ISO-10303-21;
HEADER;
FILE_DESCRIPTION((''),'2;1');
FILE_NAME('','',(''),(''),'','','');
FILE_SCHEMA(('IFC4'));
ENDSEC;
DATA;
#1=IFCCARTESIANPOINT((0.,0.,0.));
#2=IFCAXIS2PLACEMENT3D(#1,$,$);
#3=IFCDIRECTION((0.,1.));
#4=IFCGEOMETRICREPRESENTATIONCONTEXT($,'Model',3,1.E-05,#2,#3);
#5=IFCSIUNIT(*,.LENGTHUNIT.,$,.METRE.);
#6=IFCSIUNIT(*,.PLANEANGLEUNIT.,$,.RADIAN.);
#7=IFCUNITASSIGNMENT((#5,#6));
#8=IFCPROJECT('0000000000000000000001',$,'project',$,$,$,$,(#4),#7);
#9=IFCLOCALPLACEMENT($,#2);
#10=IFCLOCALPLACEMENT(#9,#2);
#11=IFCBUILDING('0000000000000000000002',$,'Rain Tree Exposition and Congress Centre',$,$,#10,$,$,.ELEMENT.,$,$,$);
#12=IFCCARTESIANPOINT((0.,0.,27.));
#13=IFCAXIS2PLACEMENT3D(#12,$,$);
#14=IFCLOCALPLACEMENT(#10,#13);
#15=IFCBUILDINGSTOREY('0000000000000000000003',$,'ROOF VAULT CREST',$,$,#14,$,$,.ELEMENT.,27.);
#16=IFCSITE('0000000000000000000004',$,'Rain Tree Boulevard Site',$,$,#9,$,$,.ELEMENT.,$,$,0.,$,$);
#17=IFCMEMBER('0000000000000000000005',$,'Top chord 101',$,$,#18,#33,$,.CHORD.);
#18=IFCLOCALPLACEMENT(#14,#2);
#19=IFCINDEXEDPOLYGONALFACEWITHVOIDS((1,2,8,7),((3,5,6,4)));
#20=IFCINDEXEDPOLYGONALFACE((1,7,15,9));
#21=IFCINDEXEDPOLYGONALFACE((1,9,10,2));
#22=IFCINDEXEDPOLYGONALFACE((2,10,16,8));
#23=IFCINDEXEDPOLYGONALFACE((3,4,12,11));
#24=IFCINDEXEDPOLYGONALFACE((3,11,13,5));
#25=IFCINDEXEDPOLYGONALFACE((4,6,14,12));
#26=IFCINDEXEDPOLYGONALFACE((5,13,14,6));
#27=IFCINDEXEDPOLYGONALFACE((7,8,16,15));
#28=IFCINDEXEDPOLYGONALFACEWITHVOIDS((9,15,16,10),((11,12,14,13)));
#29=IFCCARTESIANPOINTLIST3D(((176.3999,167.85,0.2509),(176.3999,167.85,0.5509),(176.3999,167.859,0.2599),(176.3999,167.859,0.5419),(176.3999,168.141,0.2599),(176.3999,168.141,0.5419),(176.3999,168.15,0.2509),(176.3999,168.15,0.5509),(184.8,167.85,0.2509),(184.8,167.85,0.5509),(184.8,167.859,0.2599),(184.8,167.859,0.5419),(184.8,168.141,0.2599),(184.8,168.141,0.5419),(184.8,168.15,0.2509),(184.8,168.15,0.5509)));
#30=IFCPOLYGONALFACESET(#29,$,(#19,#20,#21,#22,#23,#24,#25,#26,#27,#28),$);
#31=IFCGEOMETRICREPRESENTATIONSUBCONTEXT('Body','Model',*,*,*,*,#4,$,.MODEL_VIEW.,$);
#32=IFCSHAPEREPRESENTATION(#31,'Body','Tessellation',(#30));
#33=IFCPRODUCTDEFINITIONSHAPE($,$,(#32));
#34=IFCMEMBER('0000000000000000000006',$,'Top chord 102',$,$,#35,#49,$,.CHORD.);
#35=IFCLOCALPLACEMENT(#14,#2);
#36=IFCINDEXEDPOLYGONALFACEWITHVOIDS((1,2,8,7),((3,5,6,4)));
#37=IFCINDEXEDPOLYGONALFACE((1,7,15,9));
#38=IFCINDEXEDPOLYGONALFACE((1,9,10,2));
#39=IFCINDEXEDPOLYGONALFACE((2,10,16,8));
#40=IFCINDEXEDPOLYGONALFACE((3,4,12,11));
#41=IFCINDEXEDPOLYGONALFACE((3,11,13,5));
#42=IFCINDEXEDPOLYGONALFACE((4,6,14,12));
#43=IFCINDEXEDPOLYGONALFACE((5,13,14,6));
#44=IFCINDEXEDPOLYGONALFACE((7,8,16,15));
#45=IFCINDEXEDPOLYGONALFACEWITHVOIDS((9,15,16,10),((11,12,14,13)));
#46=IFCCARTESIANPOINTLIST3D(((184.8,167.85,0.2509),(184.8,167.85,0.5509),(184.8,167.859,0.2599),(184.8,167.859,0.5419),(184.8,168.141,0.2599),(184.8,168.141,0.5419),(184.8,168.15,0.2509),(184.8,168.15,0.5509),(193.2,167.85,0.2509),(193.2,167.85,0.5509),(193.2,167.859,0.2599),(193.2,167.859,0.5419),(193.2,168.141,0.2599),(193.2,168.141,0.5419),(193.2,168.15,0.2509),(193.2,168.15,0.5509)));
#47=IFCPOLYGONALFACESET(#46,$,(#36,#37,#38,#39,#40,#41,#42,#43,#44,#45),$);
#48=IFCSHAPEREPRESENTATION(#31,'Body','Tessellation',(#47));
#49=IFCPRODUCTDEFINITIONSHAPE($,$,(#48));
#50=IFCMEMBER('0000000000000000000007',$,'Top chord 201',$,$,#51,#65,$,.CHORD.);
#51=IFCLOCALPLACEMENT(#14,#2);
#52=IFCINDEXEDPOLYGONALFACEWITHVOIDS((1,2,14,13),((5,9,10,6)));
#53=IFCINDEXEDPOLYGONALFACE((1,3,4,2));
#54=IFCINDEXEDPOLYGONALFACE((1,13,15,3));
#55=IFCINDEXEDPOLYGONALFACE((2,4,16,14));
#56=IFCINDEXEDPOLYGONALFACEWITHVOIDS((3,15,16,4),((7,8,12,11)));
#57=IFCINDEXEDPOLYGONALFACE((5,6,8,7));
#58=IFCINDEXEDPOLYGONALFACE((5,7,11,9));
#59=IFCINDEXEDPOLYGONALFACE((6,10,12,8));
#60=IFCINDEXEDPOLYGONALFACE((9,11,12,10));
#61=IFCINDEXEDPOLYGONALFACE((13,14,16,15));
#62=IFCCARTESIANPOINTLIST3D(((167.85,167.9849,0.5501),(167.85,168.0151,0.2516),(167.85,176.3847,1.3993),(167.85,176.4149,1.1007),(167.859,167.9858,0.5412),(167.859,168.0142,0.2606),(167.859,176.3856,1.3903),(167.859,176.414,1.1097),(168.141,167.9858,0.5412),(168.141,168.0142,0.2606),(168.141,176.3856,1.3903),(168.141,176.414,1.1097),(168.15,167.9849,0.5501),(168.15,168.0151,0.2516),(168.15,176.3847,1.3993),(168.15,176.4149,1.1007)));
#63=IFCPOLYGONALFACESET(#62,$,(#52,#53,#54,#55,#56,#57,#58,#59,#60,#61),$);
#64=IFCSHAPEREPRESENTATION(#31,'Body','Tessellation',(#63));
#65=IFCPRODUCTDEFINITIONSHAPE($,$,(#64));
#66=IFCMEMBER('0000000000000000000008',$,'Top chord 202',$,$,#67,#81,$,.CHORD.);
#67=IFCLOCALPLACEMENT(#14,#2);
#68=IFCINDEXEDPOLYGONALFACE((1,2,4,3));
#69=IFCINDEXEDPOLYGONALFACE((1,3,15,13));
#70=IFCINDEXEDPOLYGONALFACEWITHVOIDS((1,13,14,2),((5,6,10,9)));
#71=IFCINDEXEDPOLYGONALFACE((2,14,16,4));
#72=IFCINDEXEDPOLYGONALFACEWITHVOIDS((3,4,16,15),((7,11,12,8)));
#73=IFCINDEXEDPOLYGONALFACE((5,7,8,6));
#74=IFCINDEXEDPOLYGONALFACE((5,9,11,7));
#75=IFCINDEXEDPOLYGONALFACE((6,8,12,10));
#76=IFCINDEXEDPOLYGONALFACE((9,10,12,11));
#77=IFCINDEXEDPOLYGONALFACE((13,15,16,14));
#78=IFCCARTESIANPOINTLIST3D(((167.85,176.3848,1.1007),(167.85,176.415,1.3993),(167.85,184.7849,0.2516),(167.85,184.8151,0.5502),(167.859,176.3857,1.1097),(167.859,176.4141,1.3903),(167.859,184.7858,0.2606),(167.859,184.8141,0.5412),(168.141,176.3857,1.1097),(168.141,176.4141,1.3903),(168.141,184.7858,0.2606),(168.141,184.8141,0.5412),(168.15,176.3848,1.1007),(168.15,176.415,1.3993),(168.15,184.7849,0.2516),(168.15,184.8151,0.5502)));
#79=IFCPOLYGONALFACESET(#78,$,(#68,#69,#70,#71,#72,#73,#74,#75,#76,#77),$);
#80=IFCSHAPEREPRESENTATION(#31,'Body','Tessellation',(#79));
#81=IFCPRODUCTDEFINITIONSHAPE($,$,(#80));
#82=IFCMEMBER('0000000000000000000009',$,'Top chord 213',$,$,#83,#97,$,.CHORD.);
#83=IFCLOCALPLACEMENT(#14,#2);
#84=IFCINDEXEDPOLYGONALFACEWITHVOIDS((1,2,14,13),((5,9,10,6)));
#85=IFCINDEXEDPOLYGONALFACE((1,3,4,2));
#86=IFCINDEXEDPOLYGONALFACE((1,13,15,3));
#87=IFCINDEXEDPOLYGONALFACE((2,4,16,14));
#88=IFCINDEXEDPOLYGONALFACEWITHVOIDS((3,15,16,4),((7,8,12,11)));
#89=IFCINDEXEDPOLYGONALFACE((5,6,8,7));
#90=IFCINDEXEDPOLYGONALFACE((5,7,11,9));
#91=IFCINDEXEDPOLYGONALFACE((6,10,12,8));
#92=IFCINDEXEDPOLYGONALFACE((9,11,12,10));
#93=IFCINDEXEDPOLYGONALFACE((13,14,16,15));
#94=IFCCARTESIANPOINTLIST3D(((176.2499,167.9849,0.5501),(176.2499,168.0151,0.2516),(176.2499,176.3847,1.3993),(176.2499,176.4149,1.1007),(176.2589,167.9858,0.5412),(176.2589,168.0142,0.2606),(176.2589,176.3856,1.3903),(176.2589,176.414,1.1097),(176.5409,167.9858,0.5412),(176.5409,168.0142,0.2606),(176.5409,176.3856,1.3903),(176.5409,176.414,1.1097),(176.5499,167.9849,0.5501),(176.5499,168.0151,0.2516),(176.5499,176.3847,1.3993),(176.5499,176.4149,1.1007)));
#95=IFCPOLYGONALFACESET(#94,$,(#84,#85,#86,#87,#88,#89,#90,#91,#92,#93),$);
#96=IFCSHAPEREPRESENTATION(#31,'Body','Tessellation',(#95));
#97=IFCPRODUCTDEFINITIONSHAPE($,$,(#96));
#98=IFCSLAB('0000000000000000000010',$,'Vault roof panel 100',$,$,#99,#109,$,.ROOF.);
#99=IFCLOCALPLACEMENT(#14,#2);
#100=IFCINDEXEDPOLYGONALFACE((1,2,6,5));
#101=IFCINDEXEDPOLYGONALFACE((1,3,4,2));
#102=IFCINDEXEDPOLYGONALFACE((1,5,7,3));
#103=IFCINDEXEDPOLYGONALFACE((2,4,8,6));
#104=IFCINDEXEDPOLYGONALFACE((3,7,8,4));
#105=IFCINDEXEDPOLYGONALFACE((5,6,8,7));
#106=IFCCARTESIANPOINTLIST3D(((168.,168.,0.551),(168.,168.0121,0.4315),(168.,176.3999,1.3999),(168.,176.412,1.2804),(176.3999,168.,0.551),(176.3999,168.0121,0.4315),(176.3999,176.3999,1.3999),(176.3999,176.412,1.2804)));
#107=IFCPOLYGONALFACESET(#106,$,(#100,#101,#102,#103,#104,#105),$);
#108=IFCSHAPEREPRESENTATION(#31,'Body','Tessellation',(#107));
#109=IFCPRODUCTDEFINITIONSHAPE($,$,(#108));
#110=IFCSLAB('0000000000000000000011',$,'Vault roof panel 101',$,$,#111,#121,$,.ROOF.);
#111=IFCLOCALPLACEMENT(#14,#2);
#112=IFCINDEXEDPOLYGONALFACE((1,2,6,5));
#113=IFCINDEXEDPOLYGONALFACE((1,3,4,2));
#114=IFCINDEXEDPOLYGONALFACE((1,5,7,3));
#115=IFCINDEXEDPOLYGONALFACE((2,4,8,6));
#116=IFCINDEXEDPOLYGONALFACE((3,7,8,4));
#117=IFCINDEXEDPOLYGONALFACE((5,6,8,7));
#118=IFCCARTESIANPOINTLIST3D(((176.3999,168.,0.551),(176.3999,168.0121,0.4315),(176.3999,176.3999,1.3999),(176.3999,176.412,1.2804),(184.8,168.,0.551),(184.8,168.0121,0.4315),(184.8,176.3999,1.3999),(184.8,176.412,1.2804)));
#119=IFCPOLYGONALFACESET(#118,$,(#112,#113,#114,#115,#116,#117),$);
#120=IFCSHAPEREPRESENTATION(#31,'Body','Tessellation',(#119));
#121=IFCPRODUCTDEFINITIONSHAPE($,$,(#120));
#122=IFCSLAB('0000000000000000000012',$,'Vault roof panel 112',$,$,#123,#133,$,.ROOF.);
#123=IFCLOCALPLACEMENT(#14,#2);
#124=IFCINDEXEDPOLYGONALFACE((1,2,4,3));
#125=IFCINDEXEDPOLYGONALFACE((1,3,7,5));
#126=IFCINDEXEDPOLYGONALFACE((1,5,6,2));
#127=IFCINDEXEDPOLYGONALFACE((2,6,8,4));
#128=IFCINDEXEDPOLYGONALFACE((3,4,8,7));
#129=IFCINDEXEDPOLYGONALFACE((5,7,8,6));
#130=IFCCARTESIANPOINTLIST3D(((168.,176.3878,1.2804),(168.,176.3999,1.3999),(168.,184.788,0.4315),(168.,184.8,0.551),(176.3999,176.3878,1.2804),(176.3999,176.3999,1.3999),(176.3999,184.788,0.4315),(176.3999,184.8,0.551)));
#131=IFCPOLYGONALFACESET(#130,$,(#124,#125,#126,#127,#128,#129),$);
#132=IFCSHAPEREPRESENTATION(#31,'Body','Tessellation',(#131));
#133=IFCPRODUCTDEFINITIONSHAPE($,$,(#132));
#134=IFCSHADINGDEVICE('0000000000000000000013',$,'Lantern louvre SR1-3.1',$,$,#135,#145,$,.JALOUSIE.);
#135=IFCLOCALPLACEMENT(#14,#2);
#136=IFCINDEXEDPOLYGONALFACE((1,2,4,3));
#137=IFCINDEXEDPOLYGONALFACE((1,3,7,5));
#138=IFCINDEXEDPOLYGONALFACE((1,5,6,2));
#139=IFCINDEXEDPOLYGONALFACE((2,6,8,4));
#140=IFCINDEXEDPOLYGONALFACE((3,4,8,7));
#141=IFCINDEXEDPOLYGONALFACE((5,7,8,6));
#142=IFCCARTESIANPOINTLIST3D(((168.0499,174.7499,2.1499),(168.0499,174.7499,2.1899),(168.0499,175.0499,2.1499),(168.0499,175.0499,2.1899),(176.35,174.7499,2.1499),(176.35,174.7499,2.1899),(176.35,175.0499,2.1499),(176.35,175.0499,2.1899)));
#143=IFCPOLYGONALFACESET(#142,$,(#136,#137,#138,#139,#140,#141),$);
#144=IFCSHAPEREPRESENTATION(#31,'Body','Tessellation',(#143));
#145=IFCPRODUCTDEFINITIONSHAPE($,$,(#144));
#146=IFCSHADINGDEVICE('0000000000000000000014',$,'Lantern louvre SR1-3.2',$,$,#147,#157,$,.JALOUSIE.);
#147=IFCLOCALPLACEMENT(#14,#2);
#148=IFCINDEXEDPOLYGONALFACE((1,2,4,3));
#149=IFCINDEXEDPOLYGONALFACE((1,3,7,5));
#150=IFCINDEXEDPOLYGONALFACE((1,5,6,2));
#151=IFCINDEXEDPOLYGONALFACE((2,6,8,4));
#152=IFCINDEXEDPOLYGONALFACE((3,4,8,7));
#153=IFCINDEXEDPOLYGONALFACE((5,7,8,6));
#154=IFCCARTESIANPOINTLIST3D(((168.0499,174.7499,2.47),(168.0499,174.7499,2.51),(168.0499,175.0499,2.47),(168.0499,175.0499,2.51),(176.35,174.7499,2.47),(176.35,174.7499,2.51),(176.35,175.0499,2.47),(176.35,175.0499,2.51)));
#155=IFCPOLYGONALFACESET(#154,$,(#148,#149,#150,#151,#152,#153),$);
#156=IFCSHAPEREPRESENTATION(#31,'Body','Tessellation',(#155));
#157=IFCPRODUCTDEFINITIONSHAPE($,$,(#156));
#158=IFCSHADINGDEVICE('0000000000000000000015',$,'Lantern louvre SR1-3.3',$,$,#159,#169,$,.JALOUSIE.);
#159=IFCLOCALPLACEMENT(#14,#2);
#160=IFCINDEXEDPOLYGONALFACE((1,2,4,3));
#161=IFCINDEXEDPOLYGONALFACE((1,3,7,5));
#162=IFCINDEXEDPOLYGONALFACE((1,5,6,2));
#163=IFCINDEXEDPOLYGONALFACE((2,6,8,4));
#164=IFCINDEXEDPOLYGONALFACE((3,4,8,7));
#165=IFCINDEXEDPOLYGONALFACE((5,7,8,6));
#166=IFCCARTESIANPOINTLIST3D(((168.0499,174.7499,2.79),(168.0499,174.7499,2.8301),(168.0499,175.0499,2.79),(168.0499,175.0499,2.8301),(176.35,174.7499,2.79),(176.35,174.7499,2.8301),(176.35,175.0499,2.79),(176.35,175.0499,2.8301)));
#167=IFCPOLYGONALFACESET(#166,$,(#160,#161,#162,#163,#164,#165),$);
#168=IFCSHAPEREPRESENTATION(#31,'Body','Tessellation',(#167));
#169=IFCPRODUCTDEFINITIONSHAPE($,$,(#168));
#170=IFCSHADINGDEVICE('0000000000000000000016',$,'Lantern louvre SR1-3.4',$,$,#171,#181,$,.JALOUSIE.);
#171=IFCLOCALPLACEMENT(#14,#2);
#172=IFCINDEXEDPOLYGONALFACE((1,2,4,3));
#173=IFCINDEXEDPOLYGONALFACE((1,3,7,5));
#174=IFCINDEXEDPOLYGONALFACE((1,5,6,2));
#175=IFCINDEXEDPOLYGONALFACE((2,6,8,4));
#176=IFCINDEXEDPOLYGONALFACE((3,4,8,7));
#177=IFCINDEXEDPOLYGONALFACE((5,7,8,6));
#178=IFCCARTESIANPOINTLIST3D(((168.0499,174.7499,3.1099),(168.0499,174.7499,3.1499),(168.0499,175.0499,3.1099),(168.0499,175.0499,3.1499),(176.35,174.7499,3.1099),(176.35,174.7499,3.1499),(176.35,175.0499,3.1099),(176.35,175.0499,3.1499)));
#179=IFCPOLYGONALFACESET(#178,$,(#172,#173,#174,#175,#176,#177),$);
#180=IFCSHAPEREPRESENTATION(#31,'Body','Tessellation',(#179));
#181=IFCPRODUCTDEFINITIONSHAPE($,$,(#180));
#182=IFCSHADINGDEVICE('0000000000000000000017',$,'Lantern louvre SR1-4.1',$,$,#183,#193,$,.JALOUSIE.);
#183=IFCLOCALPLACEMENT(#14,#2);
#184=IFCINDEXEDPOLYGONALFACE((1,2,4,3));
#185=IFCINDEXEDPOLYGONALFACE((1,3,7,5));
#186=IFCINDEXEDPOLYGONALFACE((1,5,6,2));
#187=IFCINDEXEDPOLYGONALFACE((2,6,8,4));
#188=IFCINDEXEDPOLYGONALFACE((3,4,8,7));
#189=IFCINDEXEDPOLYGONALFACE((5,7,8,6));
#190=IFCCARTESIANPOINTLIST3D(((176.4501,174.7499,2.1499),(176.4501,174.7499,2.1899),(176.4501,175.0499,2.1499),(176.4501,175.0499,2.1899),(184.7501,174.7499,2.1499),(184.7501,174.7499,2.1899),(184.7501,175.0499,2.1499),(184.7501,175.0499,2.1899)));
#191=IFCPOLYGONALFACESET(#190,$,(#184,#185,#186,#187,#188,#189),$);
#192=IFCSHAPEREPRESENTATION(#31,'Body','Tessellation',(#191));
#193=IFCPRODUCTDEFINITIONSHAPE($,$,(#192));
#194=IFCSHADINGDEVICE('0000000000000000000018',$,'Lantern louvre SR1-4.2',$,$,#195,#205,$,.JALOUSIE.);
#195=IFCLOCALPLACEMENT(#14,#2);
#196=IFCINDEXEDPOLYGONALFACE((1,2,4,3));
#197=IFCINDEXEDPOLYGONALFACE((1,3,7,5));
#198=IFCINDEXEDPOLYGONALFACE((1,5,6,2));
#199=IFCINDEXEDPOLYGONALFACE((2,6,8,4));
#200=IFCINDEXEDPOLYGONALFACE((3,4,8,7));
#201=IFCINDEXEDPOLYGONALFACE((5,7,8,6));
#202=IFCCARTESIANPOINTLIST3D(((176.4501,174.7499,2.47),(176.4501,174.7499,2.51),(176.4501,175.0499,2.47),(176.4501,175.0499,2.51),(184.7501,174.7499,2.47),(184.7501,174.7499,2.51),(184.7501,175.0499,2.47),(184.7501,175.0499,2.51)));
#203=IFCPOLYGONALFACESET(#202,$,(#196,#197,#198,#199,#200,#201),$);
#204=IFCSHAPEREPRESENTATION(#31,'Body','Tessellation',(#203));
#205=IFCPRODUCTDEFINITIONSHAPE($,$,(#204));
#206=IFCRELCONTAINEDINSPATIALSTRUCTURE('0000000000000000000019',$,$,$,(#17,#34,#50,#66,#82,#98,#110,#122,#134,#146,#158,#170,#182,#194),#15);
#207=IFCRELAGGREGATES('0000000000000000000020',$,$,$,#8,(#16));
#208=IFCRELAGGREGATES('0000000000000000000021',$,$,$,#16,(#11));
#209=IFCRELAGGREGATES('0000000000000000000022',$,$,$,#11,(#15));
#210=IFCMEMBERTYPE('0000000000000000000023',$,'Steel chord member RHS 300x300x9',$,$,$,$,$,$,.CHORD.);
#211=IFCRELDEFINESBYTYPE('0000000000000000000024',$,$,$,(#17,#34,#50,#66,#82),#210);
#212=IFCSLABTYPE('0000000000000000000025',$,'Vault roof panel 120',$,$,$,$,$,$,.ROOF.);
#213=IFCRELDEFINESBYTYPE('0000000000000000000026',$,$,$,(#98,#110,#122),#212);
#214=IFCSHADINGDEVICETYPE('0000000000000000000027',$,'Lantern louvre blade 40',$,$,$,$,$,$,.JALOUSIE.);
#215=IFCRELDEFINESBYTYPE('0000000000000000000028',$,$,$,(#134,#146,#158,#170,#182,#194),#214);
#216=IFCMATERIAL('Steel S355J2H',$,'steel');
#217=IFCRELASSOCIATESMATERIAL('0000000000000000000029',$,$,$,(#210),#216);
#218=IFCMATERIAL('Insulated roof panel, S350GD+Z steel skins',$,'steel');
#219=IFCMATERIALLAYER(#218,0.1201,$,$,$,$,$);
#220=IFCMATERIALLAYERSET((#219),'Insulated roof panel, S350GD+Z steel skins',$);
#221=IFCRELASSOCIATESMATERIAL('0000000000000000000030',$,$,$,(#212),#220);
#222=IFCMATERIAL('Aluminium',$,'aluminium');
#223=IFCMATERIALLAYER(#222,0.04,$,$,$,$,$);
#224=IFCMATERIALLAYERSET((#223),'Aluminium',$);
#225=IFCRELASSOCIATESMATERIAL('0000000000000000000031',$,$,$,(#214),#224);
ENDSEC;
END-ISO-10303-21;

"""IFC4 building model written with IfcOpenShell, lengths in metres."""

from ifc_helpers import new_model, si_unit, direction, frame, origin, origin_2d, place, context, subcontext, project, spatial, polyline, rectangle, hollow_rectangle, outline, extrude, material, layer, layer_set, material_profile, profile_set, type_object, element, save


model = new_model("IFC4")

# Units and contexts
model_context = context("Model", 3, precision=1e-05, world=origin(), true_north=direction((0.0, 1.0)))
body_context = subcontext(model_context, "Body", "Model", "MODEL_VIEW")
ifc_project = project(units=[si_unit("LENGTHUNIT", "METRE"), si_unit("PLANEANGLEUNIT", "RADIAN")], contexts=[model_context])

# Site, building, storey
site_placement = place(None, origin())
site = spatial("IfcSite", under=ifc_project, at=site_placement, Name="Rain Tree Boulevard Site", CompositionType="ELEMENT", RefElevation=0.0)
building_placement = place(site_placement, origin())
building = spatial("IfcBuilding", under=site, at=building_placement, Name="Rain Tree Exposition and Congress Centre", CompositionType="ELEMENT")
storey_placement = place(building_placement, frame((0.0, 0.0, 27.0)))
storey = spatial("IfcBuildingStorey", under=building, at=storey_placement, Name="ROOF VAULT CREST", CompositionType="ELEMENT", Elevation=27.0)

# Members
ifc_material_1 = material(Name="Steel S355J2H", Category="steel")
ifc_material_profile_1 = material_profile(ifc_material_1, hollow_rectangle(XDim=0.3, YDim=0.3, WallThickness=0.009, at=origin_2d()), Name="RHS 300x300x9")
ifc_profile_set_1 = profile_set([ifc_material_profile_1], Name="Steel S355J2H")
member_type = type_object("IfcMemberType", Name="Steel chord member RHS 300x300x9", PredefinedType="CHORD", material=ifc_profile_set_1)
member_1_placement = place(storey_placement, frame((176.3999, 168.0, 0.4009), z_axis=(1.0, 0.0, 0.0), x_axis=(0.0, 1.0, 0.0)))
element("IfcMember", 1, at=member_1_placement, inside=storey, type_object=member_type, Name="Top chord 101", PredefinedType="CHORD", context=body_context, shape_type="SweptSolid", body=[
    extrude(hollow_rectangle(XDim=0.3, YDim=0.3, WallThickness=0.009, at=origin_2d()), origin(), (0.0, 0.0, 1.0), 8.4001),
])
member_2_placement = place(storey_placement, frame((184.8, 168.0, 0.4009), z_axis=(1.0, 0.0, 0.0), x_axis=(0.0, 1.0, 0.0)))
element("IfcMember", 2, at=member_2_placement, inside=storey, type_object=member_type, Name="Top chord 102", PredefinedType="CHORD", context=body_context, shape_type="SweptSolid", body=[
    extrude(hollow_rectangle(XDim=0.3, YDim=0.3, WallThickness=0.009, at=origin_2d()), origin(), (0.0, 0.0, 1.0), 8.3999),
])
member_3_placement = place(storey_placement, frame((168.0, 168.0, 0.4009), z_axis=(0.0, 0.99493, 0.100574), x_axis=(-1.0, 0.0, 0.0)))
element("IfcMember", 3, at=member_3_placement, inside=storey, type_object=member_type, Name="Top chord 201", PredefinedType="CHORD", context=body_context, shape_type="SweptSolid", body=[
    extrude(hollow_rectangle(XDim=0.3, YDim=0.3, WallThickness=0.009, at=origin_2d()), origin(), (0.0, 0.0, 1.0), 8.4426),
])
member_4_placement = place(storey_placement, frame((168.0, 176.3999, 1.25), z_axis=(0.0, 0.99493, -0.100572), x_axis=(-1.0, 0.0, 0.0)))
element("IfcMember", 4, at=member_4_placement, inside=storey, type_object=member_type, Name="Top chord 202", PredefinedType="CHORD", context=body_context, shape_type="SweptSolid", body=[
    extrude(hollow_rectangle(XDim=0.3, YDim=0.3, WallThickness=0.009, at=origin_2d()), origin(), (0.0, 0.0, 1.0), 8.4429),
])
member_5_placement = place(storey_placement, frame((176.3999, 168.0, 0.4009), z_axis=(0.0, 0.99493, 0.100574), x_axis=(-1.0, 0.0, 0.0)))
element("IfcMember", 5, at=member_5_placement, inside=storey, type_object=member_type, Name="Top chord 213", PredefinedType="CHORD", context=body_context, shape_type="SweptSolid", body=[
    extrude(hollow_rectangle(XDim=0.3, YDim=0.3, WallThickness=0.009, at=origin_2d()), origin(), (0.0, 0.0, 1.0), 8.4426),
])

# Slabs
ifc_material_2 = material(Name="Insulated roof panel, S350GD+Z steel skins", Category="steel")
ifc_layer_1 = layer(ifc_material_2, 0.1201)
ifc_layer_set_1 = layer_set([ifc_layer_1], Name="Insulated roof panel, S350GD+Z steel skins")
slab_type = type_object("IfcSlabType", Name="Vault roof panel 120", PredefinedType="ROOF", material=ifc_layer_set_1)
slab_1_placement = place(storey_placement, frame((168.0, 168.0, 0.551), z_axis=(0.0, -0.100546, 0.994932), x_axis=(1.0, 0.0, 0.0)))
element("IfcSlab", 6, at=slab_1_placement, inside=storey, type_object=slab_type, Name="Vault roof panel 100", PredefinedType="ROOF", context=body_context, shape_type="SweptSolid", body=[
    extrude(outline(polyline([(0.0, 0.0), (8.3999, 0.0), (8.3999, 8.4427), (0.0, 8.4427), (0.0, 0.0)])), origin(), (0.0, 0.0, -1.0), 0.1201),
])
slab_2_placement = place(storey_placement, frame((176.3999, 168.0, 0.551), z_axis=(0.0, -0.100546, 0.994932), x_axis=(1.0, 0.0, 0.0)))
element("IfcSlab", 7, at=slab_2_placement, inside=storey, type_object=slab_type, Name="Vault roof panel 101", PredefinedType="ROOF", context=body_context, shape_type="SweptSolid", body=[
    extrude(outline(polyline([(0.0, 0.0), (8.4001, 0.0), (8.4001, 8.4427), (0.0, 8.4427), (0.0, 0.0)])), origin(), (0.0, 0.0, -1.0), 0.1201),
])
slab_3_placement = place(storey_placement, frame((168.0, 176.3999, 1.3999), z_axis=(0.0, 0.100543, 0.994933), x_axis=(1.0, 0.0, 0.0)))
element("IfcSlab", 8, at=slab_3_placement, inside=storey, type_object=slab_type, Name="Vault roof panel 112", PredefinedType="ROOF", context=body_context, shape_type="SweptSolid", body=[
    extrude(outline(polyline([(0.0, 0.0), (8.3999, 0.0), (8.3999, 8.4429), (0.0, 8.4429), (0.0, 0.0)])), origin(), (0.0, 0.0, -1.0), 0.1201),
])

# Shading devices
ifc_material_3 = material(Name="Aluminium", Category="aluminium")
ifc_layer_2 = layer(ifc_material_3, 0.04)
ifc_layer_set_2 = layer_set([ifc_layer_2], Name="Aluminium")
shading_device_type = type_object("IfcShadingDeviceType", Name="Lantern louvre blade 40", PredefinedType="JALOUSIE", material=ifc_layer_set_2)
for number, where, z_axis, x_axis, name in (
    (9, (172.2, 174.8999, 2.1499), (0.0, 0.0, 1.0), (1.0, 0.0, 0.0), "Lantern louvre SR1-3.1"),
    (10, (172.2, 174.8999, 2.47), (0.0, 0.0, 1.0), (1.0, 0.0, 0.0), "Lantern louvre SR1-3.2"),
    (11, (172.2, 174.8999, 2.79), (0.0, 0.0, 1.0), (1.0, 0.0, 0.0), "Lantern louvre SR1-3.3"),
    (12, (172.2, 174.8999, 3.1099), (0.0, 0.0, 1.0), (1.0, 0.0, 0.0), "Lantern louvre SR1-3.4"),
    (13, (180.6001, 174.8999, 2.1499), (0.0, 0.0, 1.0), (1.0, 0.0, 0.0), "Lantern louvre SR1-4.1"),
    (14, (180.6001, 174.8999, 2.47), (0.0, 0.0, 1.0), (1.0, 0.0, 0.0), "Lantern louvre SR1-4.2"),
):
    element("IfcShadingDevice", number, at=place(storey_placement, frame(where, z_axis=z_axis, x_axis=x_axis)), inside=storey, type_object=shading_device_type, Name=name, PredefinedType="JALOUSIE", context=body_context, shape_type="SweptSolid", body=[
        extrude(rectangle(XDim=8.3, YDim=0.3, at=origin_2d()), origin(), (0.0, 0.0, 1.0), 0.04),
    ])

save(model, "model.ifc")
